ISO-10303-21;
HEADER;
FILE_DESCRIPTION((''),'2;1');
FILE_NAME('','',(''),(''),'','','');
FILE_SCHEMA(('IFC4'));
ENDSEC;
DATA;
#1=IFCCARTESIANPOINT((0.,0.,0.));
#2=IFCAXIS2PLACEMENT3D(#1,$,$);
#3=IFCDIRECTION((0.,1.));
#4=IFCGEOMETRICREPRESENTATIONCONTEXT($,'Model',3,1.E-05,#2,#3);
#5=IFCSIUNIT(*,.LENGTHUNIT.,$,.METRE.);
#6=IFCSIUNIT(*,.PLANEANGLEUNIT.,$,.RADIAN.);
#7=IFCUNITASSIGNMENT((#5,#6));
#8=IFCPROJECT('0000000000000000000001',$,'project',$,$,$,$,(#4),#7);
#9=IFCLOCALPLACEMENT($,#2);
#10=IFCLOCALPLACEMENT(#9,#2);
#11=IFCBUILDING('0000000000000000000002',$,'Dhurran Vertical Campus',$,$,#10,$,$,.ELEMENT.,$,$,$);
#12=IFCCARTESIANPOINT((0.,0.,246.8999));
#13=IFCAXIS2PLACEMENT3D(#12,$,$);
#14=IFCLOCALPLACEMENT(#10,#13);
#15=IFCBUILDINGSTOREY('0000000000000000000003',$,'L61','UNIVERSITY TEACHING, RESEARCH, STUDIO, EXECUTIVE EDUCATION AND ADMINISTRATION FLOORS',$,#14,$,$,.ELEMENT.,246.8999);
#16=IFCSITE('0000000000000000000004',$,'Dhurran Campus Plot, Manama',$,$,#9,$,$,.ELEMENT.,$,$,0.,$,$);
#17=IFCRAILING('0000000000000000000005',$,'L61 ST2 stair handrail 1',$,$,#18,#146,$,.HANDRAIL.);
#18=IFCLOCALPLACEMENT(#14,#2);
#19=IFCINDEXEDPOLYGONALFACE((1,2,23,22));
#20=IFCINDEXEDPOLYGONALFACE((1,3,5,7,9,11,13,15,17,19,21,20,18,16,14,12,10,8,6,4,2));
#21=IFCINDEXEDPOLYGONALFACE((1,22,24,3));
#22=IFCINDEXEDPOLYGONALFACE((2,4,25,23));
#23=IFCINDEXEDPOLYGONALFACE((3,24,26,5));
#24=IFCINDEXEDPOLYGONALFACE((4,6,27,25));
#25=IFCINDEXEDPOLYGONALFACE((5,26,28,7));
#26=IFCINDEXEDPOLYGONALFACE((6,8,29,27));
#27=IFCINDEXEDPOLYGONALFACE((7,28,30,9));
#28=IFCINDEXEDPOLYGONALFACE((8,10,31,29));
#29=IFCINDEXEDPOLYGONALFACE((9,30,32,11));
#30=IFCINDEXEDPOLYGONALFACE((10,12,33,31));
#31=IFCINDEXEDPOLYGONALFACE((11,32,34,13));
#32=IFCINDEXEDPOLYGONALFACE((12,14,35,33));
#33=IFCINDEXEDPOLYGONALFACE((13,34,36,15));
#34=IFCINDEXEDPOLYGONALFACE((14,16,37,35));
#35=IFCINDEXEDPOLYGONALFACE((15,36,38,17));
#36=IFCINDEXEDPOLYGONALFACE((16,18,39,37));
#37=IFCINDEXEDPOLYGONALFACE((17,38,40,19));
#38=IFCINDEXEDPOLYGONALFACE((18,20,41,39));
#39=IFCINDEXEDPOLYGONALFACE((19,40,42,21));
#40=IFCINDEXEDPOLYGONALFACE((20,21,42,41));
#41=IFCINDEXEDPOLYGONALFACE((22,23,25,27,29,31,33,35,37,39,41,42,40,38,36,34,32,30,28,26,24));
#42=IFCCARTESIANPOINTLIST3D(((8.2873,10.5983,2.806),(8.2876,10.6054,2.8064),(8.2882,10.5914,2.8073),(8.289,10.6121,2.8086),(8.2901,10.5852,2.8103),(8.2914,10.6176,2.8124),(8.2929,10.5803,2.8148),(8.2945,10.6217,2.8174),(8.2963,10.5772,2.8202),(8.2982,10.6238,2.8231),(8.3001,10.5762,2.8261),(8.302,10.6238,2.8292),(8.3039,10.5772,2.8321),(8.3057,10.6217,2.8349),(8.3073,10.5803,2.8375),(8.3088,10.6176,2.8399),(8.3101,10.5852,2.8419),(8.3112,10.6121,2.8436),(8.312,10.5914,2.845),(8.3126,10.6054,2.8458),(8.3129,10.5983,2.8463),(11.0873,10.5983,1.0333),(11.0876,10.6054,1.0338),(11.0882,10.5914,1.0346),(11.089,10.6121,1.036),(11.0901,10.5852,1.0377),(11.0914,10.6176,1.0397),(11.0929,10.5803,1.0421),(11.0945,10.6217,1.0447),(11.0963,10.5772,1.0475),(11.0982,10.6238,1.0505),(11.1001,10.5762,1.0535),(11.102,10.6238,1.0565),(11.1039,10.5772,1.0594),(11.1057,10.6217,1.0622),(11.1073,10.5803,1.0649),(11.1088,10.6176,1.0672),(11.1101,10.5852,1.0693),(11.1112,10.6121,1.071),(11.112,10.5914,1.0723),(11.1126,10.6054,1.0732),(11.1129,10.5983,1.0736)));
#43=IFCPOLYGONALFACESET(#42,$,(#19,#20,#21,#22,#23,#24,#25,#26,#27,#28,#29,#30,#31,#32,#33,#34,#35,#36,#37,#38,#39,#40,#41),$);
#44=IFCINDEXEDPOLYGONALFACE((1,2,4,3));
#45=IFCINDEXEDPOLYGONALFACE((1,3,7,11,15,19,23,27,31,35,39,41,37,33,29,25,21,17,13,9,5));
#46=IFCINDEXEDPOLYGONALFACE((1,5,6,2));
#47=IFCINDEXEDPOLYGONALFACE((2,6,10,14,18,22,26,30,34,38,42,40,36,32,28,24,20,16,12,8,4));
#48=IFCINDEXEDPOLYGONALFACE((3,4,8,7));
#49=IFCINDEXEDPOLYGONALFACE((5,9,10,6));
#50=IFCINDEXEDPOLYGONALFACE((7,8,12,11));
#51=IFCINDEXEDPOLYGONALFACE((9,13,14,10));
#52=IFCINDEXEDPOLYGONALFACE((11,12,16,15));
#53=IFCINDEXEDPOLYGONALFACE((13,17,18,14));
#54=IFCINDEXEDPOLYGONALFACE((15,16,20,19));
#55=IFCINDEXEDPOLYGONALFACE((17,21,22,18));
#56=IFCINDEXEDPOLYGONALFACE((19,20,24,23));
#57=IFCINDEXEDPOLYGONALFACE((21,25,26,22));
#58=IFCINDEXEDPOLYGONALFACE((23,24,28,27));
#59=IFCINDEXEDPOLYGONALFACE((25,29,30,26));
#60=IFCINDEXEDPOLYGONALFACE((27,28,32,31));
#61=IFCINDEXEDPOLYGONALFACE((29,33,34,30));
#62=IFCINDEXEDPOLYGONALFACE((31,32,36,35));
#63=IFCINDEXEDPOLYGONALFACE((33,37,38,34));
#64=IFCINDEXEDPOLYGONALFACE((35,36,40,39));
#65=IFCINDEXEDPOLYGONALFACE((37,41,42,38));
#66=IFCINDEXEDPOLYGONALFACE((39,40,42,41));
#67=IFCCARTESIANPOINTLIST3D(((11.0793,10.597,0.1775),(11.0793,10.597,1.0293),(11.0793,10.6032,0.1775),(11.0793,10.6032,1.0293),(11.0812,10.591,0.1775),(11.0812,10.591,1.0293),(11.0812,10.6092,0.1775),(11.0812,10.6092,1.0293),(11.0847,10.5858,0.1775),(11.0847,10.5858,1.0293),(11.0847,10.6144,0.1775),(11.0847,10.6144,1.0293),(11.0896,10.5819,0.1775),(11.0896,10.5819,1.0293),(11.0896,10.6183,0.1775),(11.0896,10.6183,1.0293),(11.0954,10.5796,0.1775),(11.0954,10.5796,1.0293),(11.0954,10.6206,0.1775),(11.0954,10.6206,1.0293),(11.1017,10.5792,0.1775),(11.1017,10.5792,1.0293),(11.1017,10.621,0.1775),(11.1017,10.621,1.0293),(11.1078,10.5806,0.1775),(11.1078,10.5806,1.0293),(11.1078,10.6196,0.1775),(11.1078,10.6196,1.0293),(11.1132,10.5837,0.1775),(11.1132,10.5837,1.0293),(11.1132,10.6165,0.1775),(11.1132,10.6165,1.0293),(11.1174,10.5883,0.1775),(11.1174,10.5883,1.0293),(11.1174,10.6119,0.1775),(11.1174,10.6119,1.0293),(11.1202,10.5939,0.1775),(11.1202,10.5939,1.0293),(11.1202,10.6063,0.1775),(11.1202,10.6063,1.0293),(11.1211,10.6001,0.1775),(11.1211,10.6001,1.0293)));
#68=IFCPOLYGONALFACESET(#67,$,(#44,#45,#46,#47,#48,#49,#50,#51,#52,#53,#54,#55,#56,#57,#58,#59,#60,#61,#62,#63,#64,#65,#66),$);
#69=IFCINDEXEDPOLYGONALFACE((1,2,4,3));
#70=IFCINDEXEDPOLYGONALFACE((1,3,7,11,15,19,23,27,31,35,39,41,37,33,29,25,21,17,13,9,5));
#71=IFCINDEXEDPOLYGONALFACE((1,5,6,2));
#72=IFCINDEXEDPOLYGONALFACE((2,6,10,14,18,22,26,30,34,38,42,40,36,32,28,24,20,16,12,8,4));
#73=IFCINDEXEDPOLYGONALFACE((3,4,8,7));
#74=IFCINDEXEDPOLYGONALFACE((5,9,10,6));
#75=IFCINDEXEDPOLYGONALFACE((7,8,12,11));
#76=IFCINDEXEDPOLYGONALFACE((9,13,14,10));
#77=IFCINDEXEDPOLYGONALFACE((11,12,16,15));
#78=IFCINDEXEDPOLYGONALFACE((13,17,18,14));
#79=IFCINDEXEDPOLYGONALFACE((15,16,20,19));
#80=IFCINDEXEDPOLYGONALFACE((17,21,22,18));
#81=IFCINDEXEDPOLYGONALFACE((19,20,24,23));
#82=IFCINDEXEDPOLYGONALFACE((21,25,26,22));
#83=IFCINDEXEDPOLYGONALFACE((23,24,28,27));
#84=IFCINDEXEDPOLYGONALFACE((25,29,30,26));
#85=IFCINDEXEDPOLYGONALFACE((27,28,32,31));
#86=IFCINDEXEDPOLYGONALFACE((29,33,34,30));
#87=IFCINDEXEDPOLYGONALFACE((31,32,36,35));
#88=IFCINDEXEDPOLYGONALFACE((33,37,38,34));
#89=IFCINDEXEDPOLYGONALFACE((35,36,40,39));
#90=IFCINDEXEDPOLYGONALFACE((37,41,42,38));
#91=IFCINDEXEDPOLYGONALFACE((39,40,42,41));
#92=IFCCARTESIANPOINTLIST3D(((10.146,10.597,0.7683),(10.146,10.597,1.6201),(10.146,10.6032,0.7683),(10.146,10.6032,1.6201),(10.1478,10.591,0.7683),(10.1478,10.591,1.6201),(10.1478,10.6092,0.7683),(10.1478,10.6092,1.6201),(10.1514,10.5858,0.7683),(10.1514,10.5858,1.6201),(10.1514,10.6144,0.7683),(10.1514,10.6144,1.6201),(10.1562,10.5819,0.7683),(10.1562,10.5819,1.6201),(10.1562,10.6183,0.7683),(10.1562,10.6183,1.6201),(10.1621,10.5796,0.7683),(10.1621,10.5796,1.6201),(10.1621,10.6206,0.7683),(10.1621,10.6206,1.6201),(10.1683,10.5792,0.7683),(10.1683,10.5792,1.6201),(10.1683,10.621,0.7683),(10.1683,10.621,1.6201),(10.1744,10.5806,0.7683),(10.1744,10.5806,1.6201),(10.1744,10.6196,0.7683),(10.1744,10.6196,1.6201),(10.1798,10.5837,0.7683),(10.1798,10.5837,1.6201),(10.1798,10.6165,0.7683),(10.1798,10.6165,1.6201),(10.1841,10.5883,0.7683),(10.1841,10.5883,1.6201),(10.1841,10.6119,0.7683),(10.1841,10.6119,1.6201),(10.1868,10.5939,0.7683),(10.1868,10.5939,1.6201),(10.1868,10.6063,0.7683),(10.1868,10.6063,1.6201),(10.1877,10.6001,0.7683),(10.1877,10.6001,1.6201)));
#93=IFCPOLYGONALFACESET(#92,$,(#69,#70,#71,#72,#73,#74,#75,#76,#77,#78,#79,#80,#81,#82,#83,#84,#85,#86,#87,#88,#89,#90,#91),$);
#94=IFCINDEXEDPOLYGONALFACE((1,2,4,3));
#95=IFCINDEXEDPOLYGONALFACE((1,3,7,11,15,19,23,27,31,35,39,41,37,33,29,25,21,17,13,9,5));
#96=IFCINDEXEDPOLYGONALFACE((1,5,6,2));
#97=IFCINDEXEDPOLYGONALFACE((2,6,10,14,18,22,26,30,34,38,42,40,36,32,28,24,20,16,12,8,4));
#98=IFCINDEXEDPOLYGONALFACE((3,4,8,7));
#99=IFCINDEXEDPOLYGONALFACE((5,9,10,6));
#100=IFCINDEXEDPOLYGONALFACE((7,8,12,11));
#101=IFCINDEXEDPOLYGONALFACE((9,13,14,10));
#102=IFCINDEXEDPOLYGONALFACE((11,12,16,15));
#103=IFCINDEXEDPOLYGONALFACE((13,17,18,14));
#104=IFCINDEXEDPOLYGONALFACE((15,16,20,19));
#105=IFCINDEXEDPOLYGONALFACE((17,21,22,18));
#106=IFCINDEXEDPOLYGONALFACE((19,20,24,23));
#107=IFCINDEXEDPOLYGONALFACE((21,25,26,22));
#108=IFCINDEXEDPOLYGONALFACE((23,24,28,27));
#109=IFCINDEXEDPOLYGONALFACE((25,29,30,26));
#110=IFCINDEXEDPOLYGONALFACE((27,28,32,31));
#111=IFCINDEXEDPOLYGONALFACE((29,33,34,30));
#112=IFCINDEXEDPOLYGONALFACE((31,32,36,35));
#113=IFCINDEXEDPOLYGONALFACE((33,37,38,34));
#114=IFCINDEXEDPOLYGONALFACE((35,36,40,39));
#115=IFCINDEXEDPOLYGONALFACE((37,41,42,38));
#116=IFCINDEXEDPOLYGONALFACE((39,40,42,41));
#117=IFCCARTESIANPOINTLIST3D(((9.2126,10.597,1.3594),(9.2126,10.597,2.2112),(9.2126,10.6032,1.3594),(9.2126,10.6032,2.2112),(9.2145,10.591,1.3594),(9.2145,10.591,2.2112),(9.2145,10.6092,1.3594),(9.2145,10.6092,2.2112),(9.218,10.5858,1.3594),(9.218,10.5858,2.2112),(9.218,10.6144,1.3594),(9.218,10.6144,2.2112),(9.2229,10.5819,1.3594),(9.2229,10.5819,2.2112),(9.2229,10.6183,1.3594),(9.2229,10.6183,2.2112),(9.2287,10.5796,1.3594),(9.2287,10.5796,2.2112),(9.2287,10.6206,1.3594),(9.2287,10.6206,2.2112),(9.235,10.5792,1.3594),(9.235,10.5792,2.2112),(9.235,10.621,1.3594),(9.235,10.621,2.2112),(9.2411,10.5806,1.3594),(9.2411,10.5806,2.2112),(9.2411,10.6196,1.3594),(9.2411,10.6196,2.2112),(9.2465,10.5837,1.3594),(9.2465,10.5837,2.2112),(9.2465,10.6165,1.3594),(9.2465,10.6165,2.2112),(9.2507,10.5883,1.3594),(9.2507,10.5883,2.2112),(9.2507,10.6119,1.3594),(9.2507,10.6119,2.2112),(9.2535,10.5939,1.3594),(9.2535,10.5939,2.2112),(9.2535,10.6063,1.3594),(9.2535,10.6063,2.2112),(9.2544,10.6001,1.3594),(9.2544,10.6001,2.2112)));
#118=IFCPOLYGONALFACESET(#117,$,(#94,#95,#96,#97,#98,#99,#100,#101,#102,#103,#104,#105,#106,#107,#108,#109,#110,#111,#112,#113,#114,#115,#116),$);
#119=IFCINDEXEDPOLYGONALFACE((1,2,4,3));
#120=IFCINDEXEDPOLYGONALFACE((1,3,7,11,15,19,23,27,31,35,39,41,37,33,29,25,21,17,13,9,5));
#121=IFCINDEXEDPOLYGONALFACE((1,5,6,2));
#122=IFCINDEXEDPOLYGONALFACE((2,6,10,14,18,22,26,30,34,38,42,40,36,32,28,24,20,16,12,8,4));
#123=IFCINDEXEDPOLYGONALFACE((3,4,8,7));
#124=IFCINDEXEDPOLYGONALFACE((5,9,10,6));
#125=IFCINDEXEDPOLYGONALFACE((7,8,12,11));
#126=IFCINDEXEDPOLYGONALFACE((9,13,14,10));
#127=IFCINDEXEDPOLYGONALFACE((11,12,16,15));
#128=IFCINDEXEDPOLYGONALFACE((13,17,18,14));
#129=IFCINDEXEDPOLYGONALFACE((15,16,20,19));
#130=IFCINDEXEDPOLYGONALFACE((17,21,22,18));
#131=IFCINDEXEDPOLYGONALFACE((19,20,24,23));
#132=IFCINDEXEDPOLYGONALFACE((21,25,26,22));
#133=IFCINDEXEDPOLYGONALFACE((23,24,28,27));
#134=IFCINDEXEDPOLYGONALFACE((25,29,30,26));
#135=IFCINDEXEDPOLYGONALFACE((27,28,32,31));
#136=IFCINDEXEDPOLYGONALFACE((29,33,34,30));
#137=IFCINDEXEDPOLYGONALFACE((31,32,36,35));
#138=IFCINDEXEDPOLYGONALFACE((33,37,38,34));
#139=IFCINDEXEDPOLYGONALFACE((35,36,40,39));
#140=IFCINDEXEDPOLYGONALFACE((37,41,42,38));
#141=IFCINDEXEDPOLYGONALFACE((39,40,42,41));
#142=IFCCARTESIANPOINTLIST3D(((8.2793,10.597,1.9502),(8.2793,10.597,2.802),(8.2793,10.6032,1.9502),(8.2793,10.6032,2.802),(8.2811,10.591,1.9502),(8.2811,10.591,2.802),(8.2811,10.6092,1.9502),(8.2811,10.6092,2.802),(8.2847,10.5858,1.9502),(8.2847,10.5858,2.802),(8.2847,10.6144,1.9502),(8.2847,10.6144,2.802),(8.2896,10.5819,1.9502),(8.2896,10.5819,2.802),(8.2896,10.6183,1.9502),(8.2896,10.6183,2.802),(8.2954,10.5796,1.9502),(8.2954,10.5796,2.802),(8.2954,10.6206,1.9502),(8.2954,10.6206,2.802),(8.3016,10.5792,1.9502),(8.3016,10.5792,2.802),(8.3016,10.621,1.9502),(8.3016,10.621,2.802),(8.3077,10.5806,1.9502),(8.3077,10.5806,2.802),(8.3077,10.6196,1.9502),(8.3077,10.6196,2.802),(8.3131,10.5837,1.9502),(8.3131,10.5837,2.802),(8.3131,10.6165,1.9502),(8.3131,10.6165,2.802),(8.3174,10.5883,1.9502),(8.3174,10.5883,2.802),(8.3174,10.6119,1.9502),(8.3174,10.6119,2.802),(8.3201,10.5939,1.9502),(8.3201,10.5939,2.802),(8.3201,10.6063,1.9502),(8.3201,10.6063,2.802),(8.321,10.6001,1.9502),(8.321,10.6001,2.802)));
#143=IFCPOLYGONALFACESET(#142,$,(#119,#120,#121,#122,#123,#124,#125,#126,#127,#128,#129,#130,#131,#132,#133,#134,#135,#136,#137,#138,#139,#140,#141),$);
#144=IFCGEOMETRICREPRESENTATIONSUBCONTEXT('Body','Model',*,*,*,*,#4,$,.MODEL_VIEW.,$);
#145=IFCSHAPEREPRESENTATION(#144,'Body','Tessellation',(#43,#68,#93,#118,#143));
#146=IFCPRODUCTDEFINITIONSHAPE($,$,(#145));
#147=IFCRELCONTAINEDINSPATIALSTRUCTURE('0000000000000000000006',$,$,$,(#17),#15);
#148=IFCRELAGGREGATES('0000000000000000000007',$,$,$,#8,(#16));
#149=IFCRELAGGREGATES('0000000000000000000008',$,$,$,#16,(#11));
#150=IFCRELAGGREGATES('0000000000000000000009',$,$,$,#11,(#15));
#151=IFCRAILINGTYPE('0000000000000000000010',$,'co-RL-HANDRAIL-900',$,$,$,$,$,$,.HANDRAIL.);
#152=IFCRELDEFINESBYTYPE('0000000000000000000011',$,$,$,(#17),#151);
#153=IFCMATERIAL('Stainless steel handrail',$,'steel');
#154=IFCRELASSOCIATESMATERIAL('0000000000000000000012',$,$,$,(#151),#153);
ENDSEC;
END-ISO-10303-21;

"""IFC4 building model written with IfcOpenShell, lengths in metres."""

from ifc_helpers import new_model, si_unit, direction, frame, origin, origin_2d, place, context, subcontext, project, spatial, circle, extrude, material, type_object, element, save


model = new_model("IFC4")

# Units and contexts
model_context = context("Model", 3, precision=1e-05, world=origin(), true_north=direction((0.0, 1.0)))
body_context = subcontext(model_context, "Body", "Model", "MODEL_VIEW")
ifc_project = project(units=[si_unit("LENGTHUNIT", "METRE"), si_unit("PLANEANGLEUNIT", "RADIAN")], contexts=[model_context])

# Site, building, storey
site_placement = place(None, origin())
site = spatial("IfcSite", under=ifc_project, at=site_placement, Name="Dhurran Campus Plot, Manama", CompositionType="ELEMENT", RefElevation=0.0)
building_placement = place(site_placement, origin())
building = spatial("IfcBuilding", under=site, at=building_placement, Name="Dhurran Vertical Campus", CompositionType="ELEMENT")
storey_placement = place(building_placement, frame((0.0, 0.0, 246.8999)))
storey = spatial("IfcBuildingStorey", under=building, at=storey_placement, Name="L61", Description="UNIVERSITY TEACHING, RESEARCH, STUDIO, EXECUTIVE EDUCATION AND ADMINISTRATION FLOORS", CompositionType="ELEMENT", Elevation=246.8999)

# Railing
ifc_material_1 = material(Name="Stainless steel handrail", Category="steel")
railing_type = type_object("IfcRailingType", Name="co-RL-HANDRAIL-900", PredefinedType="HANDRAIL", material=ifc_material_1)
railing_placement = place(storey_placement, frame((11.1001, 10.6001, 0.1775)))
element("IfcRailing", 1, at=railing_placement, inside=storey, type_object=railing_type, Name="L61 ST2 stair handrail 1", PredefinedType="HANDRAIL", context=body_context, shape_type="SweptSolid", body=[
    extrude(circle(Radius=0.0239, at=origin_2d()), frame((0.0, 0.0, 0.876), z_axis=(-0.844909, 0.0, 0.53491), x_axis=(0.0, -1.0, 0.0)), (0.0, 0.0, 1.0), 3.314),
    extrude(circle(Radius=0.021, at=origin_2d()), origin(), (0.0, 0.0, 1.0), 0.8518),
    extrude(circle(Radius=0.021, at=origin_2d()), frame((-0.9333, 0.0, 0.5908)), (0.0, 0.0, 1.0), 0.8518),
    extrude(circle(Radius=0.021, at=origin_2d()), frame((-1.8667, 0.0, 1.1819)), (0.0, 0.0, 1.0), 0.8518),
    extrude(circle(Radius=0.021, at=origin_2d()), frame((-2.8, 0.0, 1.7727)), (0.0, 0.0, 1.0), 0.8518),
])

save(model, "model.ifc")
